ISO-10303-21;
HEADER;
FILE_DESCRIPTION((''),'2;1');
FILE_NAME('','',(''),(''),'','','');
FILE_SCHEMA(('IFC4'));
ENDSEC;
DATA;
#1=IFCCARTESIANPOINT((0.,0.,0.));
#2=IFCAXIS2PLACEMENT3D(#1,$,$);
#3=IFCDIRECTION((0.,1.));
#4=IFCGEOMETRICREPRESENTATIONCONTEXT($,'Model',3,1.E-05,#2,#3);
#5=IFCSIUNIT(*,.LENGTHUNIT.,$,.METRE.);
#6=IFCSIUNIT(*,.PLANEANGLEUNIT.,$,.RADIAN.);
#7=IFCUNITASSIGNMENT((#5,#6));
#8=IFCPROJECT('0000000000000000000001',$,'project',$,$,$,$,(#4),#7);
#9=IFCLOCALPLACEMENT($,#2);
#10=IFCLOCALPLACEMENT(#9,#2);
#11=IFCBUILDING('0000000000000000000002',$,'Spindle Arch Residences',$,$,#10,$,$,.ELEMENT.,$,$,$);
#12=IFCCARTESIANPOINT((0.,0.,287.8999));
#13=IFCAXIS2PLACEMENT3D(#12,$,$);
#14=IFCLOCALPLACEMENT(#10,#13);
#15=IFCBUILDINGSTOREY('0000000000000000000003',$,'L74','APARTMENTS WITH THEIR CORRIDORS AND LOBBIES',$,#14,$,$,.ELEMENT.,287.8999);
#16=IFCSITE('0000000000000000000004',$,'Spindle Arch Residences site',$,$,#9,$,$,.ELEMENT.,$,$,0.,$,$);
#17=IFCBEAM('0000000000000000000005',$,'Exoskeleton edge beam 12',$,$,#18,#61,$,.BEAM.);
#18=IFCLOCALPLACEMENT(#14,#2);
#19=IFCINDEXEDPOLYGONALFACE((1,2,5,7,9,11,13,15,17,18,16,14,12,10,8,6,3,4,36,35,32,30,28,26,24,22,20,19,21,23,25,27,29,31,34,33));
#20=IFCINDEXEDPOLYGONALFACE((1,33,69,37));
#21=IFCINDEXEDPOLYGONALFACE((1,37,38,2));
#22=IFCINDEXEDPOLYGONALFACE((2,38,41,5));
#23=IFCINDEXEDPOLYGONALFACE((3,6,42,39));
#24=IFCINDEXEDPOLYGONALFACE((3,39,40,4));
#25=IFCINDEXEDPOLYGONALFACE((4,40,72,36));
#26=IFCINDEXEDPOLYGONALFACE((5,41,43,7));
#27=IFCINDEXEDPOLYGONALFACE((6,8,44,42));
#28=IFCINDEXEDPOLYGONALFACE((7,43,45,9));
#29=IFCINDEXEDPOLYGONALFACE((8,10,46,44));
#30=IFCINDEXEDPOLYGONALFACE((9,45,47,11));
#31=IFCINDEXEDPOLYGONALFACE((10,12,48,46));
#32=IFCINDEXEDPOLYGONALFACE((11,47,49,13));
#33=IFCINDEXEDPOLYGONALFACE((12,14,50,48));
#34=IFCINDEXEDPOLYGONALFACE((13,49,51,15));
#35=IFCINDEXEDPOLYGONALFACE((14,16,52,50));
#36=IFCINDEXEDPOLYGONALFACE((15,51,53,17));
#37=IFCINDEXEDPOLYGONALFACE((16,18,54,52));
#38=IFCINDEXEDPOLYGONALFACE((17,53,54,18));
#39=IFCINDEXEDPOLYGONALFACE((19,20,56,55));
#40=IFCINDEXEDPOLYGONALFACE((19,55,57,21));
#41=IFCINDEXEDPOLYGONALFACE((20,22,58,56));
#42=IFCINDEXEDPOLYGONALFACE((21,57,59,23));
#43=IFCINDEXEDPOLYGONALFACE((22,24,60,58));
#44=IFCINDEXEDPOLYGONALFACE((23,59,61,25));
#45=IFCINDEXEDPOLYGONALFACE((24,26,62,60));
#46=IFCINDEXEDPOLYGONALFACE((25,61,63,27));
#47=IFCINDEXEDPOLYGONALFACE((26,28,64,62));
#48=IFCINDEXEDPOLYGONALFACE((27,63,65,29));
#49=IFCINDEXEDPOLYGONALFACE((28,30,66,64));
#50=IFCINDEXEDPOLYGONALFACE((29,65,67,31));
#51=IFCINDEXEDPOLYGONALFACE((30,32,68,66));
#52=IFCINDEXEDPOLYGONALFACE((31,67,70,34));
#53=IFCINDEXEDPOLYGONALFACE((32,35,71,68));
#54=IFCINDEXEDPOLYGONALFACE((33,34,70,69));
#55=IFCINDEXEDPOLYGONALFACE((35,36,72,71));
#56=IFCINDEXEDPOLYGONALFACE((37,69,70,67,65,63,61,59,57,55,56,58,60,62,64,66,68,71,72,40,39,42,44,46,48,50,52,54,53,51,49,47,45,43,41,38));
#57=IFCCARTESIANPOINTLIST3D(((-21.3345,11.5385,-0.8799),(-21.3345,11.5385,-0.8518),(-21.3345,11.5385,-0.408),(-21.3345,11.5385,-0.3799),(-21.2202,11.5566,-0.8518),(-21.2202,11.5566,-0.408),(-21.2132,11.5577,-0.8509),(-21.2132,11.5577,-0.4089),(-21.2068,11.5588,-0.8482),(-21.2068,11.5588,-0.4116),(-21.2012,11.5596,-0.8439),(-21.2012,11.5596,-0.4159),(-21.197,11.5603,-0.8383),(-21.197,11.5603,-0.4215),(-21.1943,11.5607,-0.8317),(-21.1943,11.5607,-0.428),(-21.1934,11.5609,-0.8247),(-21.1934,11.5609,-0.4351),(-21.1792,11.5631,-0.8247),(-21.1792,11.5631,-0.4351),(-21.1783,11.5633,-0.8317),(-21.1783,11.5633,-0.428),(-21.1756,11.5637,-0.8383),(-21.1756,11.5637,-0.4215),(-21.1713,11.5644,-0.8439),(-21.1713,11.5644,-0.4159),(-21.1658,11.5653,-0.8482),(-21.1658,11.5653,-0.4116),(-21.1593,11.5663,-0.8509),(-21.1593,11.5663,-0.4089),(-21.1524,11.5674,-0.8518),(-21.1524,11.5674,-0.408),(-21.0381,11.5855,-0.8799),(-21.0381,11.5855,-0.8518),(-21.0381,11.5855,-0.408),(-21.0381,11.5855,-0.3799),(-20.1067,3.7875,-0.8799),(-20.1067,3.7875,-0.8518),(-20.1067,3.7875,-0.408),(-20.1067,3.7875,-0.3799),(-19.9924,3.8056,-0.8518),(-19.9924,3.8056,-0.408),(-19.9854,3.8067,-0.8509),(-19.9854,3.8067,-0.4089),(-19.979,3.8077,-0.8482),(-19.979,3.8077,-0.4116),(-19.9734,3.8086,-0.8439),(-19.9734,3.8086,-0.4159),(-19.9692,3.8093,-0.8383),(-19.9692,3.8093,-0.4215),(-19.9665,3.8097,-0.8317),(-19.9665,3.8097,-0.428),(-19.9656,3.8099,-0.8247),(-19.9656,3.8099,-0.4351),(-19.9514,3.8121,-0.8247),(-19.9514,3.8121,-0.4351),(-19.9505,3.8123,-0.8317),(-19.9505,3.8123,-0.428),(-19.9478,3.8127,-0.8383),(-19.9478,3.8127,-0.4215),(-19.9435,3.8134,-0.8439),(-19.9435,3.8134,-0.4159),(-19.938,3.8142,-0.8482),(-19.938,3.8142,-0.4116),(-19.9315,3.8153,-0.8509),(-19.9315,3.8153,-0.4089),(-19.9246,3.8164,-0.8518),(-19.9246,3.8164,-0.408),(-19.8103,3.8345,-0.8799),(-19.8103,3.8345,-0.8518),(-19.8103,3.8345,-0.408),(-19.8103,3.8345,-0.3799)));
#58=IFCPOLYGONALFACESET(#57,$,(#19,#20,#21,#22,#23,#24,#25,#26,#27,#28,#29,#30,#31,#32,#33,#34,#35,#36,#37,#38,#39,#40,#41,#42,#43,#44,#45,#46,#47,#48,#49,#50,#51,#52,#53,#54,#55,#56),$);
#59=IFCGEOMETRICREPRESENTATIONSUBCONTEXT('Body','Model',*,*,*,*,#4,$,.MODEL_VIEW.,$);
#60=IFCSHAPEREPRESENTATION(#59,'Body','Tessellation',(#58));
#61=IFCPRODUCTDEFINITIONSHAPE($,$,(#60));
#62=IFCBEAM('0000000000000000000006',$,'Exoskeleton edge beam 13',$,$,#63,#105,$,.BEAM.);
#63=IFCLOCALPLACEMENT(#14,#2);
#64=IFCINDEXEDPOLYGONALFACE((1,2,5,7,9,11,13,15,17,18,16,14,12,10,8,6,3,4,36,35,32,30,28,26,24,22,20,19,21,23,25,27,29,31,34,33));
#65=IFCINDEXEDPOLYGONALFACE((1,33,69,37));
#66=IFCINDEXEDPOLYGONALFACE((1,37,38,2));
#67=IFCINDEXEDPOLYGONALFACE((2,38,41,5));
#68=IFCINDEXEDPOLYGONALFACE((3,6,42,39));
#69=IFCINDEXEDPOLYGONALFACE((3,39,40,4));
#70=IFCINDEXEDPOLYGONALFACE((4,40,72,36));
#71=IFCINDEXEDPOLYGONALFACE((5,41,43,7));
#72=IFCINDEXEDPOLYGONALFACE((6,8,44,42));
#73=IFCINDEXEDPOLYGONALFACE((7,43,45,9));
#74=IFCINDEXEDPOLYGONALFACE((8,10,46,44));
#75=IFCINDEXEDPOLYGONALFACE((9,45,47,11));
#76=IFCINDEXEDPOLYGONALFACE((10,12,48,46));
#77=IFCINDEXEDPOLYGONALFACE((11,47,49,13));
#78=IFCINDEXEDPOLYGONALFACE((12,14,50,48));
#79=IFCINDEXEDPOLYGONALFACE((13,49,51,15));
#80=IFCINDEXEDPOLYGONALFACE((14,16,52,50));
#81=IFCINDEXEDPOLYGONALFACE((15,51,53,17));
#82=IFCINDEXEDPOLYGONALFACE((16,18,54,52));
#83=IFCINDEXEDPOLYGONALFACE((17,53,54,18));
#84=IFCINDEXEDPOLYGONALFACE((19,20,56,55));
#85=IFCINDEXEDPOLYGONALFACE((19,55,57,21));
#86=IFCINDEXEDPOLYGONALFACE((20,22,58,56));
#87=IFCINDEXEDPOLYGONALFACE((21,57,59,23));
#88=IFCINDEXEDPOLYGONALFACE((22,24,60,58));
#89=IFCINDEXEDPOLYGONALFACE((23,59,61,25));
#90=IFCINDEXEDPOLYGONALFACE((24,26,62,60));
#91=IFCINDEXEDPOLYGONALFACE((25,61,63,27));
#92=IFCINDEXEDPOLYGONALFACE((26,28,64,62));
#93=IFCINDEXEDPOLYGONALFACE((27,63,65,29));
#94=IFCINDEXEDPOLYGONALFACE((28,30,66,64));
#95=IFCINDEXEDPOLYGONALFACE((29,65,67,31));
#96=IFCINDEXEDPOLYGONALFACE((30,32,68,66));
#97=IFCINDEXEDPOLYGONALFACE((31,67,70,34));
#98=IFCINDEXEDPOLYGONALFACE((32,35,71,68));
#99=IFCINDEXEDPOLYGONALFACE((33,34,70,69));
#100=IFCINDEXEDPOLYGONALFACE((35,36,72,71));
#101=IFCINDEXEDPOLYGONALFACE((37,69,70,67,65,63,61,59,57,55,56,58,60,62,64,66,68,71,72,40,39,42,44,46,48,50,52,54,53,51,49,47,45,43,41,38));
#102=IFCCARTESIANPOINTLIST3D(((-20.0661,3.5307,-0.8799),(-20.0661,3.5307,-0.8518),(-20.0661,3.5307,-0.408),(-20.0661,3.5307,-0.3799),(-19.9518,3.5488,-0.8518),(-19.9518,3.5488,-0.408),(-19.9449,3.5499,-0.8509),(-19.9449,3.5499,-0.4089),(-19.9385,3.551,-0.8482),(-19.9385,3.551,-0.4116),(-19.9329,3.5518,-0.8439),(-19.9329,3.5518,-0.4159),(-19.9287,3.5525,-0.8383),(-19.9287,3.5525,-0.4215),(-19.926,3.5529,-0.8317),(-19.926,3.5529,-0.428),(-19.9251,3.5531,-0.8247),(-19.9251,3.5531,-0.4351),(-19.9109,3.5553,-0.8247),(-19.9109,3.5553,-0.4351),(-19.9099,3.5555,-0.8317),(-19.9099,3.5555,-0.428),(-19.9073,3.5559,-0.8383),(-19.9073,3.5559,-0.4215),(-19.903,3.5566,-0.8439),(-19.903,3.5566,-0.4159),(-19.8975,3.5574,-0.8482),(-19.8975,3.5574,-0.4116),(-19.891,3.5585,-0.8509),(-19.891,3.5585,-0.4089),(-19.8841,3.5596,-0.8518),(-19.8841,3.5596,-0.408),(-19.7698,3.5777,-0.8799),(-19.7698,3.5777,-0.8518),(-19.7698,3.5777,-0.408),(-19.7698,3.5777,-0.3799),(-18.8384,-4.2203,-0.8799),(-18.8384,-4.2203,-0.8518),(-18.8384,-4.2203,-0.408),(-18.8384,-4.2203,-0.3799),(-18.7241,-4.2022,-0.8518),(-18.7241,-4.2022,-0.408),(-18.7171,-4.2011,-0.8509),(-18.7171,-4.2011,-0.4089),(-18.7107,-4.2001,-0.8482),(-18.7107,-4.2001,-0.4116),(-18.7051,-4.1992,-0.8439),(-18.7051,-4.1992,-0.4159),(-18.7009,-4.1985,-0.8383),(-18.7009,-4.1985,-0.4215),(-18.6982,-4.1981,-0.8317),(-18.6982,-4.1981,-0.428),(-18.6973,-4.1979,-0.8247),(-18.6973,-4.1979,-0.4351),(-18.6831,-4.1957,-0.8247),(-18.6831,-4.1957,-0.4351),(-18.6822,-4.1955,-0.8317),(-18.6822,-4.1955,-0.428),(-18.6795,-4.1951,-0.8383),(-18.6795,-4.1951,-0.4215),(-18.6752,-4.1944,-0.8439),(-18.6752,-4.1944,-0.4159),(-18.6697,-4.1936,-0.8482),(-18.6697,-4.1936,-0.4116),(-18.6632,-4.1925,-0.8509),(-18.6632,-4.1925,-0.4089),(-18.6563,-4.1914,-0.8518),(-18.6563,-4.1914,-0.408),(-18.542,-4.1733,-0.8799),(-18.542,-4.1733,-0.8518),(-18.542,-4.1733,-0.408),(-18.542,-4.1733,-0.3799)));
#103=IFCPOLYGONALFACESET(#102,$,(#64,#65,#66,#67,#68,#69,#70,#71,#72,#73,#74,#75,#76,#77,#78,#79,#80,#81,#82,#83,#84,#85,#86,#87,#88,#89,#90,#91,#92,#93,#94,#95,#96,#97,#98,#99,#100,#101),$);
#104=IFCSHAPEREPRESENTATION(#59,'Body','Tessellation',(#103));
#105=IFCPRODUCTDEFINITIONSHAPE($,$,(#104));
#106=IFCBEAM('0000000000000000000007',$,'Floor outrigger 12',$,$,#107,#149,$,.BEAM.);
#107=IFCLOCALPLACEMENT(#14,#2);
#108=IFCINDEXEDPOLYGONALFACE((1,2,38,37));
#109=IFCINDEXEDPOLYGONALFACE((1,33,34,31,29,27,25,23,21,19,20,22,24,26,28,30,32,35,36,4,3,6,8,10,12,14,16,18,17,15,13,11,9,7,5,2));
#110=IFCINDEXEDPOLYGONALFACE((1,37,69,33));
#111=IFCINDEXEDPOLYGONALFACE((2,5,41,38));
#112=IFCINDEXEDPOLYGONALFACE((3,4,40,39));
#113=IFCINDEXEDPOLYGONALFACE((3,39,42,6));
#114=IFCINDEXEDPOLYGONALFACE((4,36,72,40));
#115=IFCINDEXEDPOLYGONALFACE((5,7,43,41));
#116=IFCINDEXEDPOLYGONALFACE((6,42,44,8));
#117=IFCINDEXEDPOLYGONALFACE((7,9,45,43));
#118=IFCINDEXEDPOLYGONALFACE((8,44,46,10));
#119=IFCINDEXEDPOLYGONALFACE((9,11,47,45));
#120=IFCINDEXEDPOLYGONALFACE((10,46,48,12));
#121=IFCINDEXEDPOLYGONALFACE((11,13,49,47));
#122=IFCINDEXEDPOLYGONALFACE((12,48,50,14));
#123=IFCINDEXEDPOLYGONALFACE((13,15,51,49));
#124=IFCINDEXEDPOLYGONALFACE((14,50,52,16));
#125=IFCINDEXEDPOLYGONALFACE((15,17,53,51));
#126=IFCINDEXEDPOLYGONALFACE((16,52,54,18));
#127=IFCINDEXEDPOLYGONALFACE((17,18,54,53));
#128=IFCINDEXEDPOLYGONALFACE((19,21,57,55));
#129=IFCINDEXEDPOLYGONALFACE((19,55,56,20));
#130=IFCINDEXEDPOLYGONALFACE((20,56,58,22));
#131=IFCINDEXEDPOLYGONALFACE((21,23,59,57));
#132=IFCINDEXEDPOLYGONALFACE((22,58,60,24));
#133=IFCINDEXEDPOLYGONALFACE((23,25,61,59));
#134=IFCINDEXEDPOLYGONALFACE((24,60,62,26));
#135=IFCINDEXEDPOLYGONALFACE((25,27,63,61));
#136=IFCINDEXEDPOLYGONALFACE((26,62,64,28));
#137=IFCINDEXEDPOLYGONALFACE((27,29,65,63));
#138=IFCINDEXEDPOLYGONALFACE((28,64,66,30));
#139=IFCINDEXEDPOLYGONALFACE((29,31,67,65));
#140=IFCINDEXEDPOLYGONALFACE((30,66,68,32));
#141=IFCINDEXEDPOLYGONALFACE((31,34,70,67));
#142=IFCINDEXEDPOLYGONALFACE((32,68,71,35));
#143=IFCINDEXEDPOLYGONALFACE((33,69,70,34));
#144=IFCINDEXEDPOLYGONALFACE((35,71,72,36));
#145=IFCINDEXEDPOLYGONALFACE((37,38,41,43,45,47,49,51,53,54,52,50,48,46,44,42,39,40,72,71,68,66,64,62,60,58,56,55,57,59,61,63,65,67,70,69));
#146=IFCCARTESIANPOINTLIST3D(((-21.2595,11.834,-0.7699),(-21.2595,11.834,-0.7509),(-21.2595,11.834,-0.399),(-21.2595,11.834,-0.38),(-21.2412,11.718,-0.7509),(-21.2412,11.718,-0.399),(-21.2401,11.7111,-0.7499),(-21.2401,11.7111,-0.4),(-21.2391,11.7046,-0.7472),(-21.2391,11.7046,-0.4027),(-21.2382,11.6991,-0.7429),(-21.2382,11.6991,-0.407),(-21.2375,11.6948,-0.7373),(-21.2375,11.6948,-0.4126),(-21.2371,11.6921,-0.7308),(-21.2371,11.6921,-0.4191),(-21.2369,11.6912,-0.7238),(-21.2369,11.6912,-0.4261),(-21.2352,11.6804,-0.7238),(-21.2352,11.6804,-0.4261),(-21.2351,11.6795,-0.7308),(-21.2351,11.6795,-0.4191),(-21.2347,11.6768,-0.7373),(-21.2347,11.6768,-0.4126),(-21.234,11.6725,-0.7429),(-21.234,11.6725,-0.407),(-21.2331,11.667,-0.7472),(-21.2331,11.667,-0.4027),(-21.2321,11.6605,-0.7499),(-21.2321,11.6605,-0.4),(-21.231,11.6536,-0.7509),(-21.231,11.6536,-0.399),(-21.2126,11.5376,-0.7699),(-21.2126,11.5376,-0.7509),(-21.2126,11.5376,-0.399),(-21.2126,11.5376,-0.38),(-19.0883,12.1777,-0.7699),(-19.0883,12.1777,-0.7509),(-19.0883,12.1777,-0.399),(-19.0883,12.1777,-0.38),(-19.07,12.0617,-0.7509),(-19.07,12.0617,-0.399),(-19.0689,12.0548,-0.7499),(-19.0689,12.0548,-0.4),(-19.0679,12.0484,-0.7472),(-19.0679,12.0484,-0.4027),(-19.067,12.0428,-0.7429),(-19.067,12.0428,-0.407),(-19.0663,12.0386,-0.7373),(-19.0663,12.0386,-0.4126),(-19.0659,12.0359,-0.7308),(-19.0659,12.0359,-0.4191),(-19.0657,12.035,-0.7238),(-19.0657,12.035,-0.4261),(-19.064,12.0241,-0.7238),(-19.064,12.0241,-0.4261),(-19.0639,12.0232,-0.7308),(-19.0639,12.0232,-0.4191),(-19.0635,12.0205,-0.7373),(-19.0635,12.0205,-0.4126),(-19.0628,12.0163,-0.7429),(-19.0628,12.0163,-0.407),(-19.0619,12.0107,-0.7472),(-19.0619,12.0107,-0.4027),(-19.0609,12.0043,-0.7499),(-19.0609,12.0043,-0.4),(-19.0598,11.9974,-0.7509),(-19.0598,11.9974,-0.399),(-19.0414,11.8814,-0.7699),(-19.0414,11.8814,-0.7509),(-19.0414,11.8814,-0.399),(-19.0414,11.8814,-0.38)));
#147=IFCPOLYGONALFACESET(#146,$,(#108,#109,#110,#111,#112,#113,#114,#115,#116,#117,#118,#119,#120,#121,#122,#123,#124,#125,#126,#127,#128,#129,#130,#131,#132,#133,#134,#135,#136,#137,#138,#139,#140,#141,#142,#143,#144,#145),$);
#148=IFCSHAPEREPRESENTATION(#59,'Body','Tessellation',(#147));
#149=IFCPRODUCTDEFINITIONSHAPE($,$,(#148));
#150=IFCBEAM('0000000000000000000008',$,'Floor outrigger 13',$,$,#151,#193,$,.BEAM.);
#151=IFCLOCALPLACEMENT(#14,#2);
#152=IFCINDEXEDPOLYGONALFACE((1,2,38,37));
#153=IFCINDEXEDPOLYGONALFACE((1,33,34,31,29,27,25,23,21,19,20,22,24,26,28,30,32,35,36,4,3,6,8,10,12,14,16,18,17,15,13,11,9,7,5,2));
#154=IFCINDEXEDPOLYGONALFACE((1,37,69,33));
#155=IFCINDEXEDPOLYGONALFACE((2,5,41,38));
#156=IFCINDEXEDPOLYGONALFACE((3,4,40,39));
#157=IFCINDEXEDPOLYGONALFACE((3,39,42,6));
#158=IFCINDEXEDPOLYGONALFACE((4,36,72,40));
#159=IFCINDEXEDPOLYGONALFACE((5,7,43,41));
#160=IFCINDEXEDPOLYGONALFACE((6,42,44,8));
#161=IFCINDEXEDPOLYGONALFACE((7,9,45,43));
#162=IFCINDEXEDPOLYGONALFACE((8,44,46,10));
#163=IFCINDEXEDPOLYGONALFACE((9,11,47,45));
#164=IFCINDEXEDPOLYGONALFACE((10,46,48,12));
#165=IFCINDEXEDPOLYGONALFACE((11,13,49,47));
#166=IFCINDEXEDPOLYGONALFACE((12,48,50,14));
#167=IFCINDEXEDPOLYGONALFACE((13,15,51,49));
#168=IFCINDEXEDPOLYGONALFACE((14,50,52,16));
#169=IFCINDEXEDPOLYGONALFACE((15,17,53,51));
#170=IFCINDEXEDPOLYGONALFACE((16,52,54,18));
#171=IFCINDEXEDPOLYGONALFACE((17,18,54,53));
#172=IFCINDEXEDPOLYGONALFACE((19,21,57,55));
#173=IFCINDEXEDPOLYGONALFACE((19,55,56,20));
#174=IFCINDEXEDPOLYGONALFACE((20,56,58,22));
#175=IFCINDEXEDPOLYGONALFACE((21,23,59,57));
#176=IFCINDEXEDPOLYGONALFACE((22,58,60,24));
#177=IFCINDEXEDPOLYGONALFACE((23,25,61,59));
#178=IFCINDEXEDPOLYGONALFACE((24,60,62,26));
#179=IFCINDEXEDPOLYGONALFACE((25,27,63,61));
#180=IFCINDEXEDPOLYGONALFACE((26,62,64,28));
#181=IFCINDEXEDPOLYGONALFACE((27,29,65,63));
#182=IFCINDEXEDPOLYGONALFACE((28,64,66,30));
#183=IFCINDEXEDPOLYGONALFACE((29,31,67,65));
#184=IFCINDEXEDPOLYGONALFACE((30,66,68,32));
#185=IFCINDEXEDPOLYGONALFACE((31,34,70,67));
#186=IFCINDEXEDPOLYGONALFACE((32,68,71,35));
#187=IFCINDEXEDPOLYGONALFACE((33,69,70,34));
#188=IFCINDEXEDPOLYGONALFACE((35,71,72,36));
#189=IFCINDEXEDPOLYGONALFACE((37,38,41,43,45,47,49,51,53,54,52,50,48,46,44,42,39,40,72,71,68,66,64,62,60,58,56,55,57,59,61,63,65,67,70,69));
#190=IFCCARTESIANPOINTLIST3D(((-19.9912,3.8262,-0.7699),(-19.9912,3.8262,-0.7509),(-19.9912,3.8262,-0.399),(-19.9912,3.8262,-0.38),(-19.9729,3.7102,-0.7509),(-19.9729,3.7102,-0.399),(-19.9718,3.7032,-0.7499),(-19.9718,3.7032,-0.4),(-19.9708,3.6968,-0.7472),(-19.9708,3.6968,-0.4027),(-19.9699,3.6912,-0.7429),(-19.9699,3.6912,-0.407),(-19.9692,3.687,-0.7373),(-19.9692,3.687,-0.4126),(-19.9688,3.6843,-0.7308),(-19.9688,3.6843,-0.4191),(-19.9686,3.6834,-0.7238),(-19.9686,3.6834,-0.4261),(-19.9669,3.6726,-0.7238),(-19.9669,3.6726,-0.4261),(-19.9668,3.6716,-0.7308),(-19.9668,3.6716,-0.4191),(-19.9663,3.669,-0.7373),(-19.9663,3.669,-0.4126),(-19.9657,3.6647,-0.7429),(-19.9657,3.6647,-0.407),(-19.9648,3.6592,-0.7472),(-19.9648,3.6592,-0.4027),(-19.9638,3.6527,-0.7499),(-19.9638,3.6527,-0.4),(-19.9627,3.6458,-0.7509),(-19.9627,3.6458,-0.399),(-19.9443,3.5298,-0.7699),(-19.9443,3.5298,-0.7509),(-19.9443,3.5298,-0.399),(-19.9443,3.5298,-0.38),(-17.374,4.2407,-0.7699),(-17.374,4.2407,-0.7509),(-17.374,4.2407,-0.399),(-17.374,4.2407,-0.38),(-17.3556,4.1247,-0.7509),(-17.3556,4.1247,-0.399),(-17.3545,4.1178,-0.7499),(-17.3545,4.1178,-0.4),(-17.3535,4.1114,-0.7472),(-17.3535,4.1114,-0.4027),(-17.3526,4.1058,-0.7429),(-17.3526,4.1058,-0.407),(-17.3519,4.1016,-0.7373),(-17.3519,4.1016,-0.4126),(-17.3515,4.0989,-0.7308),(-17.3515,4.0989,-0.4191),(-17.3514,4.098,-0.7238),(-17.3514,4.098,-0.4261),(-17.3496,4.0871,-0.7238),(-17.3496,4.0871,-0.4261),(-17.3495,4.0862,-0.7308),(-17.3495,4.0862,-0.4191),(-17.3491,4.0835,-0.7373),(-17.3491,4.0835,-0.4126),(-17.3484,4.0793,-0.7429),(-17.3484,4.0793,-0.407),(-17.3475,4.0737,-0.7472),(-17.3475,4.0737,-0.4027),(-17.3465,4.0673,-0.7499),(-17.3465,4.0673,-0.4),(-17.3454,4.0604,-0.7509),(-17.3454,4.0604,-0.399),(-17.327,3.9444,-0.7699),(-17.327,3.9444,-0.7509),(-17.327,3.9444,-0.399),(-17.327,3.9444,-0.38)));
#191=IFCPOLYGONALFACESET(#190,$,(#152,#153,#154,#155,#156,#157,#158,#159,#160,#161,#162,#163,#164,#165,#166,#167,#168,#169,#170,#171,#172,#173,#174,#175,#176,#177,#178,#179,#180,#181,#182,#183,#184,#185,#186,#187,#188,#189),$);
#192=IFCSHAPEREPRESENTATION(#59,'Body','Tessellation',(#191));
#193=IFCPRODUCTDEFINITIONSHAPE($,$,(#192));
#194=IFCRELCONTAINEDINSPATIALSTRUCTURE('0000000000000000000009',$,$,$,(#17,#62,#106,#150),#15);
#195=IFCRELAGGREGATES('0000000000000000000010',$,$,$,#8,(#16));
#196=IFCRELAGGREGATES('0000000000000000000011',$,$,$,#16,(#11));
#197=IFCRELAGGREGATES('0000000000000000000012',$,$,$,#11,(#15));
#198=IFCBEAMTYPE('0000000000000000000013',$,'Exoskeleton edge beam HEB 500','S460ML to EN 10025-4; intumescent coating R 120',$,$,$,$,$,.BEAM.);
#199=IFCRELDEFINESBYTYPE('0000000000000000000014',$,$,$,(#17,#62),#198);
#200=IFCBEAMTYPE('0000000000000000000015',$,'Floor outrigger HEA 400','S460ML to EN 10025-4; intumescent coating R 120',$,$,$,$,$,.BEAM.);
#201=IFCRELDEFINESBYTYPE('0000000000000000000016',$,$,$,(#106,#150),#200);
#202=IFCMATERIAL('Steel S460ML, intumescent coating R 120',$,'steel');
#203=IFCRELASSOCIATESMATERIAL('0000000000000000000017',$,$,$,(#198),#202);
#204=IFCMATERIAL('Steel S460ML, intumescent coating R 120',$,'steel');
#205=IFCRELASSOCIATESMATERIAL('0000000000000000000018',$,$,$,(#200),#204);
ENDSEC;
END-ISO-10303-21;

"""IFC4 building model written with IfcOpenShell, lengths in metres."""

from ifc_helpers import new_model, si_unit, direction, frame, origin, origin_2d, place, context, subcontext, project, spatial, i_section, extrude, material, material_profile, profile_set, type_object, element, save


model = new_model("IFC4")

# Units and contexts
model_context = context("Model", 3, precision=1e-05, world=origin(), true_north=direction((0.0, 1.0)))
body_context = subcontext(model_context, "Body", "Model", "MODEL_VIEW")
ifc_project = project(units=[si_unit("LENGTHUNIT", "METRE"), si_unit("PLANEANGLEUNIT", "RADIAN")], contexts=[model_context])

# Site, building, storey
site_placement = place(None, origin())
site = spatial("IfcSite", under=ifc_project, at=site_placement, Name="Spindle Arch Residences site", CompositionType="ELEMENT", RefElevation=0.0)
building_placement = place(site_placement, origin())
building = spatial("IfcBuilding", under=site, at=building_placement, Name="Spindle Arch Residences", CompositionType="ELEMENT")
storey_placement = place(building_placement, frame((0.0, 0.0, 287.8999)))
storey = spatial("IfcBuildingStorey", under=building, at=storey_placement, Name="L74", Description="APARTMENTS WITH THEIR CORRIDORS AND LOBBIES", CompositionType="ELEMENT", Elevation=287.8999)

# Beams
ifc_material_1 = material(Name="Steel S460ML, intumescent coating R 120", Category="steel")
ifc_material_profile_1 = material_profile(ifc_material_1, i_section(OverallWidth=0.3, OverallDepth=0.5, WebThickness=0.0144, FlangeThickness=0.0281, FilletRadius=0.0271, at=origin_2d()), Name="HEB 500")
ifc_profile_set_1 = profile_set([ifc_material_profile_1], Name="Steel S460ML, intumescent coating R 120")
beam_type_1 = type_object("IfcBeamType", Name="Exoskeleton edge beam HEB 500", Description="S460ML to EN 10025-4; intumescent coating R 120", PredefinedType="BEAM", material=ifc_profile_set_1)
for number, where, z_axis, x_axis, name in (
    (1, (-21.1863, 11.562, -0.6299), (0.156453, -0.987685, 0.0), (0.987685, 0.156453, 0.0), "Exoskeleton edge beam 12"),
    (2, (-19.918, 3.5542, -0.6299), (0.156453, -0.987685, 0.0), (0.987685, 0.156453, 0.0), "Exoskeleton edge beam 13"),
):
    element("IfcBeam", number, at=place(storey_placement, frame(where, z_axis=z_axis, x_axis=x_axis)), inside=storey, type_object=beam_type_1, Name=name, PredefinedType="BEAM", context=body_context, shape_type="SweptSolid", body=[
        extrude(i_section(OverallWidth=0.3, OverallDepth=0.5, WebThickness=0.0144, FlangeThickness=0.0281, FilletRadius=0.0271, at=origin_2d()), origin(), (0.0, 0.0, 1.0), 7.8477),
    ])
ifc_material_2 = material(Name="Steel S460ML, intumescent coating R 120", Category="steel")
ifc_material_profile_2 = material_profile(ifc_material_2, i_section(OverallWidth=0.3, OverallDepth=0.3899, WebThickness=0.011, FlangeThickness=0.019, FilletRadius=0.0271, at=origin_2d()), Name="HEA 400")
ifc_profile_set_2 = profile_set([ifc_material_profile_2], Name="Steel S460ML, intumescent coating R 120")
beam_type_2 = type_object("IfcBeamType", Name="Floor outrigger HEA 400", Description="S460ML to EN 10025-4; intumescent coating R 120", PredefinedType="BEAM", material=ifc_profile_set_2)
beam_1_placement = place(storey_placement, frame((-21.2361, 11.6858, -0.575), z_axis=(0.987697, 0.156379, 0.0), x_axis=(-0.156379, 0.987697, 0.0)))
element("IfcBeam", 3, at=beam_1_placement, inside=storey, type_object=beam_type_2, Name="Floor outrigger 12", PredefinedType="BEAM", context=body_context, shape_type="SweptSolid", body=[
    extrude(i_section(OverallWidth=0.3, OverallDepth=0.3899, WebThickness=0.011, FlangeThickness=0.019, FilletRadius=0.0271, at=origin_2d()), origin(), (0.0, 0.0, 1.0), 2.1982),
])
beam_2_placement = place(storey_placement, frame((-19.9678, 3.678, -0.575), z_axis=(0.987687, 0.156445, 0.0), x_axis=(-0.156445, 0.987687, 0.0)))
element("IfcBeam", 4, at=beam_2_placement, inside=storey, type_object=beam_type_2, Name="Floor outrigger 13", PredefinedType="BEAM", context=body_context, shape_type="SweptSolid", body=[
    extrude(i_section(OverallWidth=0.3, OverallDepth=0.3899, WebThickness=0.011, FlangeThickness=0.019, FilletRadius=0.0271, at=origin_2d()), origin(), (0.0, 0.0, 1.0), 2.6499),
])

save(model, "model.ifc")
